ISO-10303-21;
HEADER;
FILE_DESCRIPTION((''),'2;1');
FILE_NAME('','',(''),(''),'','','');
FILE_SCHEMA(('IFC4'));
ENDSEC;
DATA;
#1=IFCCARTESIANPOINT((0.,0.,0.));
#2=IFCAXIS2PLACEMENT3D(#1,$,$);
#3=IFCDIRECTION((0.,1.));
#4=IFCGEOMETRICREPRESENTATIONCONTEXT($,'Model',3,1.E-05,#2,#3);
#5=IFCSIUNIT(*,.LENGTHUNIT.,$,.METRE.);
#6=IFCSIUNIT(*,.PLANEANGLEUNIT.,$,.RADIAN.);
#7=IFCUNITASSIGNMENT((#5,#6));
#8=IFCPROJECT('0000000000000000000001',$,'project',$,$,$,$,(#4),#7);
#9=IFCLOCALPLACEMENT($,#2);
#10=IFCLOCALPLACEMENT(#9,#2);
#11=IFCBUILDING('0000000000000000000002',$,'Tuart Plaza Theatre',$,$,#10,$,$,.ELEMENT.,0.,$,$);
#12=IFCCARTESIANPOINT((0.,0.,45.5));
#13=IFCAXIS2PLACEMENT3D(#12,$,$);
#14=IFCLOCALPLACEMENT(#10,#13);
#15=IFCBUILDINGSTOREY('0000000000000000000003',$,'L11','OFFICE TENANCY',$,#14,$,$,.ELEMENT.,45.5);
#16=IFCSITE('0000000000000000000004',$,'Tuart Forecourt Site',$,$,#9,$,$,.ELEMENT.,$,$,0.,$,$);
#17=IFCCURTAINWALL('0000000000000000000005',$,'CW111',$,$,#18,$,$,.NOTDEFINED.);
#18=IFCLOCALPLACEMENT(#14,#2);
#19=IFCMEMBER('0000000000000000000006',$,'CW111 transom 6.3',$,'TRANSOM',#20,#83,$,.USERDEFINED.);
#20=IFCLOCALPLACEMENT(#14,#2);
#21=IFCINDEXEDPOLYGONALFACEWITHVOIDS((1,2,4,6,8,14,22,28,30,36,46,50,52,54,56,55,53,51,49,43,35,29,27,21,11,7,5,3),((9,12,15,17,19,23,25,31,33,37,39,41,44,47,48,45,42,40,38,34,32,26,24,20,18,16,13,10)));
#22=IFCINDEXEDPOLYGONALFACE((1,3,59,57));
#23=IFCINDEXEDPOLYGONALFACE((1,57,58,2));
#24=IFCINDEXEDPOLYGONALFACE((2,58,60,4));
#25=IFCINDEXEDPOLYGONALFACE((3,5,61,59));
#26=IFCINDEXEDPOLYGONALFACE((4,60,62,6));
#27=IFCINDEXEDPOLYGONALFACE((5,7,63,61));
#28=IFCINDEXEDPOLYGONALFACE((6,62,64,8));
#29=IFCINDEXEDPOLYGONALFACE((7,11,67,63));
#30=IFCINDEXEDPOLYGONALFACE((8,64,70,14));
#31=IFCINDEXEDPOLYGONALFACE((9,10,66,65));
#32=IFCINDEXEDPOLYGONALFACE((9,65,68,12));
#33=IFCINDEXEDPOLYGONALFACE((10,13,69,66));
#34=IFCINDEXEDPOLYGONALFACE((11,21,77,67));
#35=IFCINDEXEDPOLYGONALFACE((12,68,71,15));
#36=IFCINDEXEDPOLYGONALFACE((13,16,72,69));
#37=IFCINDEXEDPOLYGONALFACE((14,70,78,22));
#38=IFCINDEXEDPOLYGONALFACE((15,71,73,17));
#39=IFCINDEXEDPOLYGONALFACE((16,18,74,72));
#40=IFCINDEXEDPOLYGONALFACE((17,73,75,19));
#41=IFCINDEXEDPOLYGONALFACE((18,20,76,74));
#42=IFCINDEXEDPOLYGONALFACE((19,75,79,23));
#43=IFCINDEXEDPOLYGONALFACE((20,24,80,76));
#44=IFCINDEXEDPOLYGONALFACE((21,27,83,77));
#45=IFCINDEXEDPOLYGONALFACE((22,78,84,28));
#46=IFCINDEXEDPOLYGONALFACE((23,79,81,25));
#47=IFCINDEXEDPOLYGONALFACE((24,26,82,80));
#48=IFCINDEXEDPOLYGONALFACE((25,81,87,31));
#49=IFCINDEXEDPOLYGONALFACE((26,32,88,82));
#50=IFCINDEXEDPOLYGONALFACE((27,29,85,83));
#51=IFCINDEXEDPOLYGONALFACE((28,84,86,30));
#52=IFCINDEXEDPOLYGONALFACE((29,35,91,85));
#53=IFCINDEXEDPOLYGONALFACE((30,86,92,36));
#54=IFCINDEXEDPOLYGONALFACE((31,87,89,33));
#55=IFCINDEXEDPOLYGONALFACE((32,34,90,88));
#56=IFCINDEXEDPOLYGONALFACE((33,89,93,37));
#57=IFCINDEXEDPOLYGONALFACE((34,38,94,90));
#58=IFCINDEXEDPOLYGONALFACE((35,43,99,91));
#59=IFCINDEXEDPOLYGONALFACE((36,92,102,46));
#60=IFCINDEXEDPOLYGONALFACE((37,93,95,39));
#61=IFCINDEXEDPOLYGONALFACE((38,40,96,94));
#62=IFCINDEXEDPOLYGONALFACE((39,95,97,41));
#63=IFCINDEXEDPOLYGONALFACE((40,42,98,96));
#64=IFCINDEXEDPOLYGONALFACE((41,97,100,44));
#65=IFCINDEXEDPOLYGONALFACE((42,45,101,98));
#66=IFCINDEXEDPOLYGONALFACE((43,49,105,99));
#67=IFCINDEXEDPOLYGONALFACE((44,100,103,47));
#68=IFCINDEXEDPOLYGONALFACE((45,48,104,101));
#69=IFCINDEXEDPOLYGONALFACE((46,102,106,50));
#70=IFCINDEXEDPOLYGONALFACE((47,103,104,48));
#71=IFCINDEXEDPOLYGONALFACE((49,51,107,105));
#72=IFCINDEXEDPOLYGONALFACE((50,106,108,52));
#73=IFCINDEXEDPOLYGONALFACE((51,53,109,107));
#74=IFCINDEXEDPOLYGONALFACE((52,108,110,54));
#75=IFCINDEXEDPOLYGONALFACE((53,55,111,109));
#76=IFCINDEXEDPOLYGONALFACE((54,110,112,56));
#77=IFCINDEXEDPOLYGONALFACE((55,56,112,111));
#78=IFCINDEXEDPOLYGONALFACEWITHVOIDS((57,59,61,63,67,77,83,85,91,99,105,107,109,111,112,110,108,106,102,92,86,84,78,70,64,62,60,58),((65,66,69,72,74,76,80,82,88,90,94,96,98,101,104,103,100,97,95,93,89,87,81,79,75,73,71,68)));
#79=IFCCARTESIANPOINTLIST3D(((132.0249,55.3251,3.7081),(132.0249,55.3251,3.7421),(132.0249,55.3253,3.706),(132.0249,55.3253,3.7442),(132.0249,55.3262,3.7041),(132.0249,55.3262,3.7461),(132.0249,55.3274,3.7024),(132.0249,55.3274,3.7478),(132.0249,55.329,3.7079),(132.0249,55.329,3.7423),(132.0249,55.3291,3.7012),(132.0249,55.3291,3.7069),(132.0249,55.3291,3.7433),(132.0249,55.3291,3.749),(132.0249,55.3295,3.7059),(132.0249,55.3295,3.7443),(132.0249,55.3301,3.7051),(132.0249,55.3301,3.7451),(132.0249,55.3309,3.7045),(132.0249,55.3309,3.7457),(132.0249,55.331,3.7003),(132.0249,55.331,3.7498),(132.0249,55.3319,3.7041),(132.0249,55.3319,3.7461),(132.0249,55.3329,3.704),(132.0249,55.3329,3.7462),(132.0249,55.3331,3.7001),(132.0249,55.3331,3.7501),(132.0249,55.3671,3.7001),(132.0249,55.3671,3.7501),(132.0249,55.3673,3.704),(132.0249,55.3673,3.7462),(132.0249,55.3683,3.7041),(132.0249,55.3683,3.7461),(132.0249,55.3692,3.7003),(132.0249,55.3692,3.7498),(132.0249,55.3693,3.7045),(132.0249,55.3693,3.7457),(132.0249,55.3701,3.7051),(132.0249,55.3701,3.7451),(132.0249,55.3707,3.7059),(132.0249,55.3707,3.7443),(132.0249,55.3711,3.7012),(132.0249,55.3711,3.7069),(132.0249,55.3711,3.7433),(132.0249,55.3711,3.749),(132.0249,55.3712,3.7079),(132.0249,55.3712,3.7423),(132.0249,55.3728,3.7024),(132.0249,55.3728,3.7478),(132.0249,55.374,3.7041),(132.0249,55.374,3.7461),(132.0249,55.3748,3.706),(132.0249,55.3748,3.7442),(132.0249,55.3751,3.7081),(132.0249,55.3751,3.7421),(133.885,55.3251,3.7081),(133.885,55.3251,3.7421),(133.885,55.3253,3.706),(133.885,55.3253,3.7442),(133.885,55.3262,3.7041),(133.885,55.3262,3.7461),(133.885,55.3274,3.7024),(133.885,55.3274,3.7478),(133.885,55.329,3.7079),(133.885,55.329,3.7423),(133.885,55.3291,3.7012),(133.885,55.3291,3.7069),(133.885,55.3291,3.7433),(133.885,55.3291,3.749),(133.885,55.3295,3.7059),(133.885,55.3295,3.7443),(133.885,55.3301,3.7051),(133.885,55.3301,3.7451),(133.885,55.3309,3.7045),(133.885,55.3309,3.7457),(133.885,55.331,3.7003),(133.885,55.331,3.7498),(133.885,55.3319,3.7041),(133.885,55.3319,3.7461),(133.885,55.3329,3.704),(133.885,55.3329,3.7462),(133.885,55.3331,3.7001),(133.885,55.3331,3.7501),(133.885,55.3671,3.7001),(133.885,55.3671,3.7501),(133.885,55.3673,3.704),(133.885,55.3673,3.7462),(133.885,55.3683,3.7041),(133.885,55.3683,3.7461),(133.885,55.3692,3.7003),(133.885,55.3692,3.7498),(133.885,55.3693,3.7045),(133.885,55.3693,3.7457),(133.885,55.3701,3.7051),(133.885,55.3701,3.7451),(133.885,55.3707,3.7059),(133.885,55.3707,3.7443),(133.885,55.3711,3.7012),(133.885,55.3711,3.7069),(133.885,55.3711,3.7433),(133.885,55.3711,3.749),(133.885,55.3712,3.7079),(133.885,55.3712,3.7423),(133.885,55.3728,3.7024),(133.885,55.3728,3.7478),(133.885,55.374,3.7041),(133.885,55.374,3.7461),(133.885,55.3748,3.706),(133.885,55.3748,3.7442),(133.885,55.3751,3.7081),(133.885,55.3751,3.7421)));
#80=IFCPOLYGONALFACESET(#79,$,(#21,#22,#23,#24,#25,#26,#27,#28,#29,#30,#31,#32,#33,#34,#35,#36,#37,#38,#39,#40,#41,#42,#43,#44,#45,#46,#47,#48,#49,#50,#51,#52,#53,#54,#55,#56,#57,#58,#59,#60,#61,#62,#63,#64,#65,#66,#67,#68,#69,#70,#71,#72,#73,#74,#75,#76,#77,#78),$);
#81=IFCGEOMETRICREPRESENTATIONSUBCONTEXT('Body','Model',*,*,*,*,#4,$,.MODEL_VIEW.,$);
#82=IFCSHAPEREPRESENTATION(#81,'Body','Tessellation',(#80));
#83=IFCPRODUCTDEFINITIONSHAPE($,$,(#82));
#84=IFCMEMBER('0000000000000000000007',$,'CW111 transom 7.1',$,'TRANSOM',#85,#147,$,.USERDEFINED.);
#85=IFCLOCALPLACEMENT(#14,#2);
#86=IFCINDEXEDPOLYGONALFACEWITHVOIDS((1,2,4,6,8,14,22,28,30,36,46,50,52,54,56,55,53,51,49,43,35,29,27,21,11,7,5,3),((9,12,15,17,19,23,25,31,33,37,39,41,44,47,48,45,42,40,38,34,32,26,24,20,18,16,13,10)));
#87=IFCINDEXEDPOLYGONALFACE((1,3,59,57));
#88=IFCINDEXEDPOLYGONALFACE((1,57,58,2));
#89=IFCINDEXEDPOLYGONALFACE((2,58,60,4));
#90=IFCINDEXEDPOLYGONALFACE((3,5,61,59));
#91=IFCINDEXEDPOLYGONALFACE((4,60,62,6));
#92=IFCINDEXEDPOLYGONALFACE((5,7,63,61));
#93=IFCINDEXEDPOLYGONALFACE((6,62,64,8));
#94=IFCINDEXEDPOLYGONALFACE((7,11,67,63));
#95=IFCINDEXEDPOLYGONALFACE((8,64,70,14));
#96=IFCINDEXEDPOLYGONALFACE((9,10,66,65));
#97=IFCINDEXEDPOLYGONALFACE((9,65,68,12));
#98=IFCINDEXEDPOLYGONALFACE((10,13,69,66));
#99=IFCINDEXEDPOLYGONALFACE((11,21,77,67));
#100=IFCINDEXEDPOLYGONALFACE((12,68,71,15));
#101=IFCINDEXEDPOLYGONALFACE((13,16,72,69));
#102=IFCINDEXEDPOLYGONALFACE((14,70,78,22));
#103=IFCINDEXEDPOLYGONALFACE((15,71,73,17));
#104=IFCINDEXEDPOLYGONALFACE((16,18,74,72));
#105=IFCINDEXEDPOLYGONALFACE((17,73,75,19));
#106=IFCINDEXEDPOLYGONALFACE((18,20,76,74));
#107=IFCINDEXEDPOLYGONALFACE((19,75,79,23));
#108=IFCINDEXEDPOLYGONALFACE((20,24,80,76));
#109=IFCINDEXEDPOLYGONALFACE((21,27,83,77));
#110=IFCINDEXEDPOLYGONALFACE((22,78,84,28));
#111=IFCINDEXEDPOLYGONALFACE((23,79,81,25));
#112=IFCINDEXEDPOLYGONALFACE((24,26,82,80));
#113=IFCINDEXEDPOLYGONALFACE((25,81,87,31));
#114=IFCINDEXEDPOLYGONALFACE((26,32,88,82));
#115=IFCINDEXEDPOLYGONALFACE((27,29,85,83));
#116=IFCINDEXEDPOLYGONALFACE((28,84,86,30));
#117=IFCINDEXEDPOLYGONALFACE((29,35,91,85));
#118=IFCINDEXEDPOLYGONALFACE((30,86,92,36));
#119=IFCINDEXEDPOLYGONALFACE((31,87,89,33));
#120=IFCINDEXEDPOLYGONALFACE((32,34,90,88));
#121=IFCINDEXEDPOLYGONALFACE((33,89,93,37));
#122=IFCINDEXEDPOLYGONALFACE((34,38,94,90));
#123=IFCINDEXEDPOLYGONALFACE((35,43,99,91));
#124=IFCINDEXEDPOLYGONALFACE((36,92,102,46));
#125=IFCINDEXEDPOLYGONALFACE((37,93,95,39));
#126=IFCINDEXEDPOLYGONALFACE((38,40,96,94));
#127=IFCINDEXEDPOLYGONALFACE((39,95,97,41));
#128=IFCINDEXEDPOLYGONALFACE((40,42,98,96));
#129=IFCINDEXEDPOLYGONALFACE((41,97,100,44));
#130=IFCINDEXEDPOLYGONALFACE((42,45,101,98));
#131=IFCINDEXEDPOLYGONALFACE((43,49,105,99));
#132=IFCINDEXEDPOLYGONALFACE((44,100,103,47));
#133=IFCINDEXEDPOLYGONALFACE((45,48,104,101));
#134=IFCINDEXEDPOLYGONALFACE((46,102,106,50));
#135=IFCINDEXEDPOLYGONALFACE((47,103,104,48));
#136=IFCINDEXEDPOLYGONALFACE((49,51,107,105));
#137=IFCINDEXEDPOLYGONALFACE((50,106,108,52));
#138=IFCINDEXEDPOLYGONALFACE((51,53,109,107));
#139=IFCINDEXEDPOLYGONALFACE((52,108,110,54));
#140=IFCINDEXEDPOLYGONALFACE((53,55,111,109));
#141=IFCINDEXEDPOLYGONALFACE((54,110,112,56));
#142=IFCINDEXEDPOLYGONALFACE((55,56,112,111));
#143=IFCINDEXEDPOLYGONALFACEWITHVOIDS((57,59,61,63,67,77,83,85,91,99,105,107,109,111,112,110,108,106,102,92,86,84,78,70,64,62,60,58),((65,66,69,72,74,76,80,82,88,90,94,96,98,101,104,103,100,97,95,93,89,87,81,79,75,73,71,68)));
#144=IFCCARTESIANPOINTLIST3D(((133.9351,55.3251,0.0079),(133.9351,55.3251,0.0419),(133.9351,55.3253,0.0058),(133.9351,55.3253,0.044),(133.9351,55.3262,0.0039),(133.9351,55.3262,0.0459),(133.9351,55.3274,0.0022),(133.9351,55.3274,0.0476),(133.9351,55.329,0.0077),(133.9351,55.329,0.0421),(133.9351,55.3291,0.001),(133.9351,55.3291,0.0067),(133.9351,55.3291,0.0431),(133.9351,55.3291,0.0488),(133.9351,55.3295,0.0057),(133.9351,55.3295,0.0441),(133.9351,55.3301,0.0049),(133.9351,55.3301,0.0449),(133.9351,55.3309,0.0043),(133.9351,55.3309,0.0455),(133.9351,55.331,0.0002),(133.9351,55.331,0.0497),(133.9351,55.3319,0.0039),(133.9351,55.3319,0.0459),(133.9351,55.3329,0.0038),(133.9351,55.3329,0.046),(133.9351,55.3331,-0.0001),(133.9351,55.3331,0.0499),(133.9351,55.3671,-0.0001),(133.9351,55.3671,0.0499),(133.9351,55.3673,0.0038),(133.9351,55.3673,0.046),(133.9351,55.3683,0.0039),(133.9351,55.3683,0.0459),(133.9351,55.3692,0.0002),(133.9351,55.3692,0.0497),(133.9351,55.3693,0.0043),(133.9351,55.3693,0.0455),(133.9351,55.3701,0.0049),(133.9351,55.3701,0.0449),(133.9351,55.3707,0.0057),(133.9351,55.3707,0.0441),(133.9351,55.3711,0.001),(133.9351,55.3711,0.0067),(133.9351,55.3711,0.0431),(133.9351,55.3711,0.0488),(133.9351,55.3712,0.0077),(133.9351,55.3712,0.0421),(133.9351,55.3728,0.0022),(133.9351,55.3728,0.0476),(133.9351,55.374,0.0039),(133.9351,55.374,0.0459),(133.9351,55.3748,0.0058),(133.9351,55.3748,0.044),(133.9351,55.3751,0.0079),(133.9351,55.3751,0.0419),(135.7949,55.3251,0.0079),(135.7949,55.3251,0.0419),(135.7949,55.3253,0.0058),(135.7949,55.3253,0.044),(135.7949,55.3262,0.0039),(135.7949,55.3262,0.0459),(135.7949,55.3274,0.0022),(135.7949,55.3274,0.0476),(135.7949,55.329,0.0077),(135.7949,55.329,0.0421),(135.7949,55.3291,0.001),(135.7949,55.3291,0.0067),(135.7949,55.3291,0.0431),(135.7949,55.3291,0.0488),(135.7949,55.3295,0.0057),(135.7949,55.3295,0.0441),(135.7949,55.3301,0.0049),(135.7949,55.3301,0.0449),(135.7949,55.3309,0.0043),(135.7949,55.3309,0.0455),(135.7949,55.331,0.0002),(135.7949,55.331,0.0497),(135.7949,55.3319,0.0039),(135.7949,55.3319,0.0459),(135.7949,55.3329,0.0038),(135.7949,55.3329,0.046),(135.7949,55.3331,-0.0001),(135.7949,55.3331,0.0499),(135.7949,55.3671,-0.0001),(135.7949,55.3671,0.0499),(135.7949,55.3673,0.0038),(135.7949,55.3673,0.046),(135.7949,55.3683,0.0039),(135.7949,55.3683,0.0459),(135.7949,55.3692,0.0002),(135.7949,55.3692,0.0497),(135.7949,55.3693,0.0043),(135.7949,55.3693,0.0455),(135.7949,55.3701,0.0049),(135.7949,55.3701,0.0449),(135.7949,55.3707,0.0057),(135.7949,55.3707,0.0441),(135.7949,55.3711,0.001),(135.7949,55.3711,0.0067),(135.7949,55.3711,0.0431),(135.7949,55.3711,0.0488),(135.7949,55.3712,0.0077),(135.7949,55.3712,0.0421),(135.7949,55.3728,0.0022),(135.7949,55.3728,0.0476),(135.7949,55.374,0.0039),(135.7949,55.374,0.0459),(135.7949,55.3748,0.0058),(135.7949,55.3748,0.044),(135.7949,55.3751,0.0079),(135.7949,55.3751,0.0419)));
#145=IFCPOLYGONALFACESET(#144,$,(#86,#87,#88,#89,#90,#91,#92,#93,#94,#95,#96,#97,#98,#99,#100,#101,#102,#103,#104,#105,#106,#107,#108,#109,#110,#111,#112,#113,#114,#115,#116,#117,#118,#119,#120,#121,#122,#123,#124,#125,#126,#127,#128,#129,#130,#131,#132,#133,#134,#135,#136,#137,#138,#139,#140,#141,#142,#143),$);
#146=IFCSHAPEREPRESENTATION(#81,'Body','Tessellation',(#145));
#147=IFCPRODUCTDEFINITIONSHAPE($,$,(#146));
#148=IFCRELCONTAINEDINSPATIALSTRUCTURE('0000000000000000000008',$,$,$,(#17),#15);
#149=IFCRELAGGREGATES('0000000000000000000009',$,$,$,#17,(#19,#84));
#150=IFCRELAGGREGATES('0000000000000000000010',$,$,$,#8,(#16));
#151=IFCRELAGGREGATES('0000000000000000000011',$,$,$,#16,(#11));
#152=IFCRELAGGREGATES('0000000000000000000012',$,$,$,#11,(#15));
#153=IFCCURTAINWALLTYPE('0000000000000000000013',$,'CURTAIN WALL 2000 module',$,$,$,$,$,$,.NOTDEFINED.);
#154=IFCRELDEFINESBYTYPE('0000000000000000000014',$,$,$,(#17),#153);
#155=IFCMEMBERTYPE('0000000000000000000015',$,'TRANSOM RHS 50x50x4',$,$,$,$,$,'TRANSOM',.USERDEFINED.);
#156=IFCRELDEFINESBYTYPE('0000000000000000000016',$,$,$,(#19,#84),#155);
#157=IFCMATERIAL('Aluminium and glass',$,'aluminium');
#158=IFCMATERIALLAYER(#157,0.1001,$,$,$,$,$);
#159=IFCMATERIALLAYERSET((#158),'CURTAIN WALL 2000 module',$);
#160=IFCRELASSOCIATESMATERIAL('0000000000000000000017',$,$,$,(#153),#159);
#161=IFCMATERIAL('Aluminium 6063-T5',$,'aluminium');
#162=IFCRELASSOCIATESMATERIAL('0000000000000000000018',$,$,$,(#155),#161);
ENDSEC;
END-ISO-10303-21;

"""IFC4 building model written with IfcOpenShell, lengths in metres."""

from ifc_helpers import new_model, si_unit, direction, frame, origin, origin_2d, place, context, subcontext, project, spatial, hollow_rectangle, extrude, material, layer, layer_set, material_profile, profile_set, type_object, element, aggregate, save


model = new_model("IFC4")

# Units and contexts
model_context = context("Model", 3, precision=1e-05, world=origin(), true_north=direction((0.0, 1.0)))
body_context = subcontext(model_context, "Body", "Model", "MODEL_VIEW")
ifc_project = project(units=[si_unit("LENGTHUNIT", "METRE"), si_unit("PLANEANGLEUNIT", "RADIAN")], contexts=[model_context])

# Site, building, storey
site_placement = place(None, origin())
site = spatial("IfcSite", under=ifc_project, at=site_placement, Name="Tuart Forecourt Site", CompositionType="ELEMENT", RefElevation=0.0)
building_placement = place(site_placement, origin())
building = spatial("IfcBuilding", under=site, at=building_placement, Name="Tuart Plaza Theatre", CompositionType="ELEMENT", ElevationOfRefHeight=0.0)
storey_placement = place(building_placement, frame((0.0, 0.0, 45.5)))
storey = spatial("IfcBuildingStorey", under=building, at=storey_placement, Name="L11", Description="OFFICE TENANCY", CompositionType="ELEMENT", Elevation=45.5)

# Shared definitions
ifc_material_1 = material(Name="Aluminium and glass", Category="aluminium")
ifc_layer_1 = layer(ifc_material_1, 0.1001)
ifc_layer_set_1 = layer_set([ifc_layer_1], Name="CURTAIN WALL 2000 module")
curtain_wall_type = type_object("IfcCurtainWallType", Name="CURTAIN WALL 2000 module", PredefinedType="NOTDEFINED", material=ifc_layer_set_1)

# Curtain wall
curtain_wall_1_placement = place(storey_placement, origin())
curtain_wall_1 = element("IfcCurtainWall", 1, at=curtain_wall_1_placement, inside=storey, type_object=curtain_wall_type, Name="CW111", PredefinedType="NOTDEFINED")

# Members
ifc_material_2 = material(Name="Aluminium 6063-T5", Category="aluminium")
ifc_material_profile_1 = material_profile(ifc_material_2, hollow_rectangle(XDim=0.05, YDim=0.05, WallThickness=0.0039, InnerFilletRadius=0.0039, OuterFilletRadius=0.0081, at=origin_2d()), Name="RHS 50x50x4")
ifc_profile_set_1 = profile_set([ifc_material_profile_1], Name="Aluminium 6063-T5")
member_type_1 = type_object("IfcMemberType", Name="TRANSOM RHS 50x50x4", ElementType="TRANSOM", PredefinedType="USERDEFINED", material=ifc_profile_set_1)
member_1_placement = place(storey_placement, frame((132.0249, 55.3501, 3.7251), z_axis=(1.0, 0.0, 0.0), x_axis=(0.0, 1.0, 0.0)))
member_1 = element("IfcMember", 2, at=member_1_placement, type_object=member_type_1, Name="CW111 transom 6.3", ObjectType="TRANSOM", PredefinedType="USERDEFINED", context=body_context, shape_type="SweptSolid", body=[
    extrude(hollow_rectangle(XDim=0.05, YDim=0.05, WallThickness=0.0039, InnerFilletRadius=0.0039, OuterFilletRadius=0.0081, at=origin_2d()), origin(), (0.0, 0.0, 1.0), 1.8601),
])
member_2_placement = place(storey_placement, frame((133.9351, 55.3501, 0.0249), z_axis=(1.0, 0.0, 0.0), x_axis=(0.0, 1.0, 0.0)))
member_2 = element("IfcMember", 3, at=member_2_placement, type_object=member_type_1, Name="CW111 transom 7.1", ObjectType="TRANSOM", PredefinedType="USERDEFINED", context=body_context, shape_type="SweptSolid", body=[
    extrude(hollow_rectangle(XDim=0.05, YDim=0.05, WallThickness=0.0039, InnerFilletRadius=0.0039, OuterFilletRadius=0.0081, at=origin_2d()), origin(), (0.0, 0.0, 1.0), 1.8599),
])

aggregate(curtain_wall_1, [member_1, member_2])

save(model, "model.ifc")
